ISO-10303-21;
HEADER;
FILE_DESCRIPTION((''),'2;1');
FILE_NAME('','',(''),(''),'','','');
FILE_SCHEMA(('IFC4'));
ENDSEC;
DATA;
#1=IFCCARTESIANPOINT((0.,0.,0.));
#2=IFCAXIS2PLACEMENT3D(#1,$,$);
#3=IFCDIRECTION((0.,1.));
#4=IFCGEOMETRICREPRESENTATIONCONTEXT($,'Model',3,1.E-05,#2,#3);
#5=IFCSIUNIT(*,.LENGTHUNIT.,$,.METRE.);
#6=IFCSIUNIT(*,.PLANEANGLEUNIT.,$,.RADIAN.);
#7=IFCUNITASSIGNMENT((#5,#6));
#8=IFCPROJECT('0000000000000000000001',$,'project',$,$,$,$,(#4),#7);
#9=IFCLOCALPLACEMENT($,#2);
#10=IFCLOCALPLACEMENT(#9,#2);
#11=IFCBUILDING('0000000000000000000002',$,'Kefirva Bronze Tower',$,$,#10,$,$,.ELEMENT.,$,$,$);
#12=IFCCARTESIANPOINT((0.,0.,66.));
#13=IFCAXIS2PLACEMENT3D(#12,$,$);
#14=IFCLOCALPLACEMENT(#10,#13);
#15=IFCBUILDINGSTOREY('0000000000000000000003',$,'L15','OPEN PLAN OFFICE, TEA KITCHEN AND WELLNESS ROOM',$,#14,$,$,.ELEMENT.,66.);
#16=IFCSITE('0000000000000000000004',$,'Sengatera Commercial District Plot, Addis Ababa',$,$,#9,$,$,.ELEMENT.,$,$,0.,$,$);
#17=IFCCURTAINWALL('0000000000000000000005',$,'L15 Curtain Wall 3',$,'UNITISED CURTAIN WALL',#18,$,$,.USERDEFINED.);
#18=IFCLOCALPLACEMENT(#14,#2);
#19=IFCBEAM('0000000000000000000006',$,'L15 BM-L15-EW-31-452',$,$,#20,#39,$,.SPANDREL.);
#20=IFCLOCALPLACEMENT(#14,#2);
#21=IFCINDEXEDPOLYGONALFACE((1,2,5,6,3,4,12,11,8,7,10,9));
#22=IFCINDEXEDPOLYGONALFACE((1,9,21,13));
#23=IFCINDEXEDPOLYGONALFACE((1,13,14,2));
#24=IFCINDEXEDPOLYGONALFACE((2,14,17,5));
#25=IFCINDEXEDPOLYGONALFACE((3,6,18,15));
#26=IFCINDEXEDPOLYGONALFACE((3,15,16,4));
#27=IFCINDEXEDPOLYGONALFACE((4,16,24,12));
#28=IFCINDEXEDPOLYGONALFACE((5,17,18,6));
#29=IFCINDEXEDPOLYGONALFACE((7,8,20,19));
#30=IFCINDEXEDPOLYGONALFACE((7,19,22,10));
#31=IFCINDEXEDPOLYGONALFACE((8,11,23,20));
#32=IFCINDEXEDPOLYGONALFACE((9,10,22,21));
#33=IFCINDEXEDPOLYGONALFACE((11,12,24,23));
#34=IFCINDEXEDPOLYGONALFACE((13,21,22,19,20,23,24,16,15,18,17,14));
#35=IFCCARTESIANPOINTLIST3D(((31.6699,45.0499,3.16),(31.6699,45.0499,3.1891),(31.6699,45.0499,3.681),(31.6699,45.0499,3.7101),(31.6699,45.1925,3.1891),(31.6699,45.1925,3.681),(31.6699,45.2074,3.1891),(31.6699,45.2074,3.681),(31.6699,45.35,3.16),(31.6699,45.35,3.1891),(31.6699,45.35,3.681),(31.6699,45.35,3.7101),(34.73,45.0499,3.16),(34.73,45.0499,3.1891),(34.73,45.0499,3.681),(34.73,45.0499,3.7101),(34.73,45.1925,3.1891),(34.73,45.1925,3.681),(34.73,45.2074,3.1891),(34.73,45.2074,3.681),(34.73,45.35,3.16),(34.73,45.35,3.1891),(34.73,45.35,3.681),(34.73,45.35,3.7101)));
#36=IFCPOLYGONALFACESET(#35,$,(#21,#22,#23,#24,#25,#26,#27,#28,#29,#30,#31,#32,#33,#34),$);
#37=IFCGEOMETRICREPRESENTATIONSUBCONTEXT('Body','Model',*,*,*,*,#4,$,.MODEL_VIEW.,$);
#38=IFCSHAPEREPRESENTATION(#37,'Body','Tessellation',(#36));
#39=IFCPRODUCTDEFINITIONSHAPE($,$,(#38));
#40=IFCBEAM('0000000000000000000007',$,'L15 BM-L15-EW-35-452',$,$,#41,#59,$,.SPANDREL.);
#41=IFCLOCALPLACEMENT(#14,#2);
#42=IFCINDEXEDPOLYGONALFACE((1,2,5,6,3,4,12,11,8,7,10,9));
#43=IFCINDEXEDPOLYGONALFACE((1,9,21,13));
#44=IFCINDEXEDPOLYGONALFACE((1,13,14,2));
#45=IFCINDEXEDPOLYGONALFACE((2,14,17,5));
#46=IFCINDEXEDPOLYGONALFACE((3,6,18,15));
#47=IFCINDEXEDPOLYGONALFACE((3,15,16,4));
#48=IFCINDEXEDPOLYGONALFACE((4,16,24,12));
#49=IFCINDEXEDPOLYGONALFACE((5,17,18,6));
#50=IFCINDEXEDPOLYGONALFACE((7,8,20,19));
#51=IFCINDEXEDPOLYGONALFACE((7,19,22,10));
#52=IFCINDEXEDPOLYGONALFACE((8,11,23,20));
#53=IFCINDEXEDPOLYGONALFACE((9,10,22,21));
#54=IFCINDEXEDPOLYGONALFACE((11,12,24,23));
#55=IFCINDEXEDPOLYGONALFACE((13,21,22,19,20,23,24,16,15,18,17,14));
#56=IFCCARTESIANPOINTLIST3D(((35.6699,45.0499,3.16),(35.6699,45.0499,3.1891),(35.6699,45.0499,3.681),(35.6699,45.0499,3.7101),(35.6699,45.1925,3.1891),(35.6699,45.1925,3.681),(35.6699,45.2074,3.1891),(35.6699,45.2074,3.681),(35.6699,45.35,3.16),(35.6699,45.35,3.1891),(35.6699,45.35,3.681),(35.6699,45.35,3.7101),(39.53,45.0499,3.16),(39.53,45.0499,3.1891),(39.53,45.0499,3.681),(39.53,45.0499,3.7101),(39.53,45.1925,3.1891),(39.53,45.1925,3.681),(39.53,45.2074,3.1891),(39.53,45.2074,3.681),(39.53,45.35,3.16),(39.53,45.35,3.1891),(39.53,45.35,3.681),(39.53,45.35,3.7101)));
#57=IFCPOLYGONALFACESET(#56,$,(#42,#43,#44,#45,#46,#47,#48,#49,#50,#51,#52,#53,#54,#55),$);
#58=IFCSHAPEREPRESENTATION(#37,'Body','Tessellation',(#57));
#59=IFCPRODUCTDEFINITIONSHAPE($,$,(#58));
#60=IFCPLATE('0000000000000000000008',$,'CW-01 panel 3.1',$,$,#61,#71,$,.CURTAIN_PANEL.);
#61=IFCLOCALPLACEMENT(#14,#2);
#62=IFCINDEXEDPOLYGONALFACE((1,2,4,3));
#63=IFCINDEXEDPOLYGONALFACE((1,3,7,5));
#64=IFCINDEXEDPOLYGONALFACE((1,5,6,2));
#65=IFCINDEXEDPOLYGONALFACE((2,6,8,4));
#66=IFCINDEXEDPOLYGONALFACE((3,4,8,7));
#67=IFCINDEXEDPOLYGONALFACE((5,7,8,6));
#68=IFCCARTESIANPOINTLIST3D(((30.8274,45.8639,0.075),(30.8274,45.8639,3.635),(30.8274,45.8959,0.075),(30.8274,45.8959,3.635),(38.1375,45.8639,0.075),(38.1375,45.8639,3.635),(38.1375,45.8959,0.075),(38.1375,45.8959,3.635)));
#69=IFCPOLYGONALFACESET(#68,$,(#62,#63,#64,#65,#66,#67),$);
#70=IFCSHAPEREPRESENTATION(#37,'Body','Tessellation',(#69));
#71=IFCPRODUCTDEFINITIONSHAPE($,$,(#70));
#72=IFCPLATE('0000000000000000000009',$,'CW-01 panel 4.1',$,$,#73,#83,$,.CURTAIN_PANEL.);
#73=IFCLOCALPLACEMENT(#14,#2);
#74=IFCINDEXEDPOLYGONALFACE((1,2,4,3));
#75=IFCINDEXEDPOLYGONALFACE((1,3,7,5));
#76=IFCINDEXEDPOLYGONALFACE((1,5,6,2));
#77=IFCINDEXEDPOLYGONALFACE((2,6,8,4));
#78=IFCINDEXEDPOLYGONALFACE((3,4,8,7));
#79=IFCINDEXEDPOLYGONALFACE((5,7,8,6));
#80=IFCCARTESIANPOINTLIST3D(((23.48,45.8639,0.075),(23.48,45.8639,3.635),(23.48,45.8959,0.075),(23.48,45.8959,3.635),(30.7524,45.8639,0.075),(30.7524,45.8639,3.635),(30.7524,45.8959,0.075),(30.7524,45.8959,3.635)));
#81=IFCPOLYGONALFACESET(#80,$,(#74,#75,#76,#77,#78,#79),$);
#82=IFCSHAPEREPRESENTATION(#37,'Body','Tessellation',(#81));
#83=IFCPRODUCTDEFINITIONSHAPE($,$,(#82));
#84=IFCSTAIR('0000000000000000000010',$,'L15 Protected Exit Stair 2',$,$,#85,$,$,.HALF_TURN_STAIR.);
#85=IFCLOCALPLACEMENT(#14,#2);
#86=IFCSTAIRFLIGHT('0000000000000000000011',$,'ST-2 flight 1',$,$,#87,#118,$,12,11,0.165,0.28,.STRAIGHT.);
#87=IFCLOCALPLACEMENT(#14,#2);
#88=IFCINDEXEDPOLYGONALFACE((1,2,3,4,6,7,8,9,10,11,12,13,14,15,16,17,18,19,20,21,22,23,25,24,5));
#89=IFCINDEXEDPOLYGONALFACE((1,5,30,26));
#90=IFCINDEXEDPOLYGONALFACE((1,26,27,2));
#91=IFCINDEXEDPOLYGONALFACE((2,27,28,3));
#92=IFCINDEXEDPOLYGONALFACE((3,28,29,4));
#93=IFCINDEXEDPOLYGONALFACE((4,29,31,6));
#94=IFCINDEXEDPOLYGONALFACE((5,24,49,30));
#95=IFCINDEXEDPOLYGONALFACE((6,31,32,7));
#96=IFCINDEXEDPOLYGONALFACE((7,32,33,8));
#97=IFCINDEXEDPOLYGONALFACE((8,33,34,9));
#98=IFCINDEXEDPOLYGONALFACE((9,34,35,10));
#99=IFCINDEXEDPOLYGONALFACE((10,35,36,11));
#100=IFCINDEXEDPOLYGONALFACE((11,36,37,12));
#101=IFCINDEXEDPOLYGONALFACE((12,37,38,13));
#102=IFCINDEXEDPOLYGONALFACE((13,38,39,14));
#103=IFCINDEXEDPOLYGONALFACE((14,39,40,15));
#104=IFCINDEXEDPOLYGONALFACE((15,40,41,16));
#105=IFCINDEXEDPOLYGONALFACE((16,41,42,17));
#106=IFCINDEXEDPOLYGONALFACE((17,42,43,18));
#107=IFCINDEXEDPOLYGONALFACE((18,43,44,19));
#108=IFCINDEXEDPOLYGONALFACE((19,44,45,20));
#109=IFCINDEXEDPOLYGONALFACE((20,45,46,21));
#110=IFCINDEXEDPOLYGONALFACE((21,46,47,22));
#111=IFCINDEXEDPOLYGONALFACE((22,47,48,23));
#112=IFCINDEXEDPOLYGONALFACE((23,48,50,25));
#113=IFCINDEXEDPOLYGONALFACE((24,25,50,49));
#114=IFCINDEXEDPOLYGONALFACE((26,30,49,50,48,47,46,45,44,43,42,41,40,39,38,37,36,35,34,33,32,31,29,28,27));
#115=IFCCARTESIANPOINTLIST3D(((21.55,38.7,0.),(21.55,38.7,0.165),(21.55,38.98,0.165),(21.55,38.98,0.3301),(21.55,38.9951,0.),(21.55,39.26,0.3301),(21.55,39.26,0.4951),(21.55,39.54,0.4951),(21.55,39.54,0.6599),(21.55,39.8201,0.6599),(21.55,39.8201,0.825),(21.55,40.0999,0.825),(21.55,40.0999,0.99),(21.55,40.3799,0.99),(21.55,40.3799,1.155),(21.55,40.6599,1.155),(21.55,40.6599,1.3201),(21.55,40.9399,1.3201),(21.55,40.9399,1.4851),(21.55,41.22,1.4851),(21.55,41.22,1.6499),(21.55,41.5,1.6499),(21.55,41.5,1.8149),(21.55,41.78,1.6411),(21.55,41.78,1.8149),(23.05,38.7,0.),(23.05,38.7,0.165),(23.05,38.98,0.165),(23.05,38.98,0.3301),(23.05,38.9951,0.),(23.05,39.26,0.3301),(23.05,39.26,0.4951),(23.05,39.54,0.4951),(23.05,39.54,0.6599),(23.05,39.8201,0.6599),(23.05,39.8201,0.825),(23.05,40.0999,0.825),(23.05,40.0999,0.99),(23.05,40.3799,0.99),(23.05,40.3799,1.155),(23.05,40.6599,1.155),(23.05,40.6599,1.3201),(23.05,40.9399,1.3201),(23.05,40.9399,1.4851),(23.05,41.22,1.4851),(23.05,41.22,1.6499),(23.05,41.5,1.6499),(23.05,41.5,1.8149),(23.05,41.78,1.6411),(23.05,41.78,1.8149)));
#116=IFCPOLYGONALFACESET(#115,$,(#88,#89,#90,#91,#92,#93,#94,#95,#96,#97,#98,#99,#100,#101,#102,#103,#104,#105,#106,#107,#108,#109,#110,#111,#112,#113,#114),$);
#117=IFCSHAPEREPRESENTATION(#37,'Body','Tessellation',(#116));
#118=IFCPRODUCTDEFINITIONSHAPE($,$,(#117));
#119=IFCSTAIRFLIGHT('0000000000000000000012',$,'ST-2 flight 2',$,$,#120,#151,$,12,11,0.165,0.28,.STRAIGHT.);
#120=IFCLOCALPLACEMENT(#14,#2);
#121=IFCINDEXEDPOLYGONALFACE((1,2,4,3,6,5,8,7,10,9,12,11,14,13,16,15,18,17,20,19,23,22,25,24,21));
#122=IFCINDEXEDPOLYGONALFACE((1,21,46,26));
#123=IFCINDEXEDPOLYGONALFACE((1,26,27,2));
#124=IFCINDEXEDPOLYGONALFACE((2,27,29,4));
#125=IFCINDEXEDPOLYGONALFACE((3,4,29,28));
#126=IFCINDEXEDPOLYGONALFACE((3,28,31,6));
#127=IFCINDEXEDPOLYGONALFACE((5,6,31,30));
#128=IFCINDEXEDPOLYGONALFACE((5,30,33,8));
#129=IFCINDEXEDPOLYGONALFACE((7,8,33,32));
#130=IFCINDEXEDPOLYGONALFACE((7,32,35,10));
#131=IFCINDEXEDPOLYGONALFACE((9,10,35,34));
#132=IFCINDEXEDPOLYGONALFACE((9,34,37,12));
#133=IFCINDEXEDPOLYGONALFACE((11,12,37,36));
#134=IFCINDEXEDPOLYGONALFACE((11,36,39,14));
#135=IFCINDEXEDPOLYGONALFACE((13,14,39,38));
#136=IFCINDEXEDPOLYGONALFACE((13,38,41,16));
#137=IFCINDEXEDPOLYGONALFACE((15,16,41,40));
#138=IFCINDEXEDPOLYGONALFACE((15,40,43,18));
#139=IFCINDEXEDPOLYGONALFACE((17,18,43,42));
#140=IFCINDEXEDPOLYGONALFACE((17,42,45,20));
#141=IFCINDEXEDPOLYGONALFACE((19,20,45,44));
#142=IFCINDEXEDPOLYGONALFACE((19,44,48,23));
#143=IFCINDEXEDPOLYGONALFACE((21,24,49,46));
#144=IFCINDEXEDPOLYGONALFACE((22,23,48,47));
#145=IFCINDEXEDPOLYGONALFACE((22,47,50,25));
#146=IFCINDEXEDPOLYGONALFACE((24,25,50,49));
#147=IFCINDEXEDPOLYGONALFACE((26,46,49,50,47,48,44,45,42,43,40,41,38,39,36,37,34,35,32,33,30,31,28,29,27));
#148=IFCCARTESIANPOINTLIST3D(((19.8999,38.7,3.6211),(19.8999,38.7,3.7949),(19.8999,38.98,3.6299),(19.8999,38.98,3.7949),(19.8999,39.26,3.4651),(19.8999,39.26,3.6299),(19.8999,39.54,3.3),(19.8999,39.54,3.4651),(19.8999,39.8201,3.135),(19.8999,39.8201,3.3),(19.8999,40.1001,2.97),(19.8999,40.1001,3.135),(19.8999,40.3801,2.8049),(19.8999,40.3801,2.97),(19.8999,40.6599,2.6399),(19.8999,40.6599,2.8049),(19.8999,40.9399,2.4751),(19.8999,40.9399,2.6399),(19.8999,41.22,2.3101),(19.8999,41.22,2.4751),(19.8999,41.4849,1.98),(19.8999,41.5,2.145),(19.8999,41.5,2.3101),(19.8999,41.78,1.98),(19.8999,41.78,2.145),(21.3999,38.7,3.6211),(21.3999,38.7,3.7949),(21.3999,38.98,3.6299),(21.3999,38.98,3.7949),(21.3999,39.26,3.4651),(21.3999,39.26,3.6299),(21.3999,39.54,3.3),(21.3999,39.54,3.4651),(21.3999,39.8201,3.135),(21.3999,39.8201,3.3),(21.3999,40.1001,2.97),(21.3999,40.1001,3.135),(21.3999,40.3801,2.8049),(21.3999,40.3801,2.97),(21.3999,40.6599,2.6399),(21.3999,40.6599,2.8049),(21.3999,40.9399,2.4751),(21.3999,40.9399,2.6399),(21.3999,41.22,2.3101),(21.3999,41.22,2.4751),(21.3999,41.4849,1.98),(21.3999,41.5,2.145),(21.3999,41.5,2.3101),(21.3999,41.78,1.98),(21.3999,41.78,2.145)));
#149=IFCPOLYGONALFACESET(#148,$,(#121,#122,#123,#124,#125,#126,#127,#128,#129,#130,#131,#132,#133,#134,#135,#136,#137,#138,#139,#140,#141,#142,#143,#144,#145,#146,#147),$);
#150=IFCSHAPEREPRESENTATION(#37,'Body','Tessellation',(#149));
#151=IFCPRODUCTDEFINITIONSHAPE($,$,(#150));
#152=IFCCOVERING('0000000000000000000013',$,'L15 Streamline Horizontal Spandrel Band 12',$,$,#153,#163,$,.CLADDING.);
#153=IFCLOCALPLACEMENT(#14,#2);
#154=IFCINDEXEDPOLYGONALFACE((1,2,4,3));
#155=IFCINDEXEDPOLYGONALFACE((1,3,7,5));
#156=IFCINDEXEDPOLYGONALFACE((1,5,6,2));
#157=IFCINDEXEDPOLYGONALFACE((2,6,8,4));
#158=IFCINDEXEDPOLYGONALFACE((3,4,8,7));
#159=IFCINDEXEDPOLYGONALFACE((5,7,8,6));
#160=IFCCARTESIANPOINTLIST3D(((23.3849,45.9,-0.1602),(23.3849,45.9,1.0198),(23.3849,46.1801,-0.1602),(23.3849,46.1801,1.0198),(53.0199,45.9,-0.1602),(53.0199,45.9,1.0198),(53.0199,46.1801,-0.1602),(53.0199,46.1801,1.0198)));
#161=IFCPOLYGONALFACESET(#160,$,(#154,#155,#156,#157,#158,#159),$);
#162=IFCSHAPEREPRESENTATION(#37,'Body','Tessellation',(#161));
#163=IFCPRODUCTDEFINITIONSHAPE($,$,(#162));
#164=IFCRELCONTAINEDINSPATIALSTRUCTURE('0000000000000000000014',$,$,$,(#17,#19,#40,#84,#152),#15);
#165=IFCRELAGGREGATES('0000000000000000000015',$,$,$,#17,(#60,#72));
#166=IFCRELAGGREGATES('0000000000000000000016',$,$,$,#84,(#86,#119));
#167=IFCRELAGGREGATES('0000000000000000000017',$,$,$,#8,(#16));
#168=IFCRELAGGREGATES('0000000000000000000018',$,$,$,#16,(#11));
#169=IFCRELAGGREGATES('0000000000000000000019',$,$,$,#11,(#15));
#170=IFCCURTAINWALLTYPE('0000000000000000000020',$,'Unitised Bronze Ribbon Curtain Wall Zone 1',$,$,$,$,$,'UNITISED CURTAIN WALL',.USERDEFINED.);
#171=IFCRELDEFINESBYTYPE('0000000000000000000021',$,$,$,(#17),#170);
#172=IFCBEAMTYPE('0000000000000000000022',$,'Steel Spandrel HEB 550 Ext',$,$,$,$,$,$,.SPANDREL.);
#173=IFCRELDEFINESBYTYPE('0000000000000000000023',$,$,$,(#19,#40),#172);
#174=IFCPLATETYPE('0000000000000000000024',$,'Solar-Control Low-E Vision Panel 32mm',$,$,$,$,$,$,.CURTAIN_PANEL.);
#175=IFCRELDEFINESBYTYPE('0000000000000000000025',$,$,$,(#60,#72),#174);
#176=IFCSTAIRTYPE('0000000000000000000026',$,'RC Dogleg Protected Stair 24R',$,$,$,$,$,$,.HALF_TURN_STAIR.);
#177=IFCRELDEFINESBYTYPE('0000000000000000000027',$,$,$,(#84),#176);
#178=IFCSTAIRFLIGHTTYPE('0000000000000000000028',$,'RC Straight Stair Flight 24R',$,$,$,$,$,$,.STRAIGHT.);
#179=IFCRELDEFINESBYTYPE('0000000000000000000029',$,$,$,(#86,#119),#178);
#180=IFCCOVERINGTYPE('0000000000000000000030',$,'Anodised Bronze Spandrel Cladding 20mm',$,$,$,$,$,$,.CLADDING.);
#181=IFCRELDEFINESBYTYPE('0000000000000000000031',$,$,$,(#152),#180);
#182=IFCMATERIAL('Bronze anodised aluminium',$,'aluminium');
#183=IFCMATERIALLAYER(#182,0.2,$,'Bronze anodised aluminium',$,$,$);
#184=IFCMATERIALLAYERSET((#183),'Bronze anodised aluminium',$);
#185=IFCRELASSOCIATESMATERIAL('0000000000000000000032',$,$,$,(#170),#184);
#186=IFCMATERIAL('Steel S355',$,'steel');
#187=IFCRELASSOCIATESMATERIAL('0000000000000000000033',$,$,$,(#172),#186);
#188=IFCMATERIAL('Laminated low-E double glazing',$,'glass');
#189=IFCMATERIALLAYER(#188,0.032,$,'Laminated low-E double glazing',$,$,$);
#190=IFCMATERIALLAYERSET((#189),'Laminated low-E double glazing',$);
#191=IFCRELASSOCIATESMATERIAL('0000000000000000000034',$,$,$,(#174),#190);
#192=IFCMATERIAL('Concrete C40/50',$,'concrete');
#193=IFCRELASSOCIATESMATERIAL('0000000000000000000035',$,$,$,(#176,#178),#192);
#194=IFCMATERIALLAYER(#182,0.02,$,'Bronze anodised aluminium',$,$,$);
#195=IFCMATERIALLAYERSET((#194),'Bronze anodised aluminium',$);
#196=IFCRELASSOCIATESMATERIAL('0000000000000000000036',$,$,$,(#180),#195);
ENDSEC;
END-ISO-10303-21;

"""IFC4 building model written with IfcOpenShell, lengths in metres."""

from ifc_helpers import new_model, si_unit, direction, frame, origin, origin_2d, place, context, subcontext, project, spatial, polyline, rectangle, i_section, outline, extrude, material, layer, layer_set, material_profile, profile_set, type_object, element, aggregate, save


model = new_model("IFC4")

# Units and contexts
model_context = context("Model", 3, precision=1e-05, world=origin(), true_north=direction((0.0, 1.0)))
body_context = subcontext(model_context, "Body", "Model", "MODEL_VIEW")
ifc_project = project(units=[si_unit("LENGTHUNIT", "METRE"), si_unit("PLANEANGLEUNIT", "RADIAN")], contexts=[model_context])

# Site, building, storey
site_placement = place(None, origin())
site = spatial("IfcSite", under=ifc_project, at=site_placement, Name="Sengatera Commercial District Plot, Addis Ababa", CompositionType="ELEMENT", RefElevation=0.0)
building_placement = place(site_placement, origin())
building = spatial("IfcBuilding", under=site, at=building_placement, Name="Kefirva Bronze Tower", CompositionType="ELEMENT")
storey_placement = place(building_placement, frame((0.0, 0.0, 66.0)))
storey = spatial("IfcBuildingStorey", under=building, at=storey_placement, Name="L15", Description="OPEN PLAN OFFICE, TEA KITCHEN AND WELLNESS ROOM", CompositionType="ELEMENT", Elevation=66.0)

# Curtain wall
ifc_material_1 = material(Name="Bronze anodised aluminium", Category="aluminium")
ifc_layer_1 = layer(ifc_material_1, 0.2, Name="Bronze anodised aluminium")
ifc_layer_set_1 = layer_set([ifc_layer_1], Name="Bronze anodised aluminium")
curtain_wall_type = type_object("IfcCurtainWallType", Name="Unitised Bronze Ribbon Curtain Wall Zone 1", ElementType="UNITISED CURTAIN WALL", PredefinedType="USERDEFINED", material=ifc_layer_set_1)
curtain_wall_placement = place(storey_placement, origin())
curtain_wall = element("IfcCurtainWall", 1, at=curtain_wall_placement, inside=storey, type_object=curtain_wall_type, Name="L15 Curtain Wall 3", ObjectType="UNITISED CURTAIN WALL", PredefinedType="USERDEFINED")

# Beams
ifc_material_2 = material(Name="Steel S355", Category="steel")
ifc_material_profile_1 = material_profile(ifc_material_2, i_section(OverallWidth=0.3, OverallDepth=0.55, WebThickness=0.0149, FlangeThickness=0.0291, at=origin_2d()), Name="HEB 550")
ifc_profile_set_1 = profile_set([ifc_material_profile_1], Name="Steel S355")
beam_type_1 = type_object("IfcBeamType", Name="Steel Spandrel HEB 550 Ext", PredefinedType="SPANDREL", material=ifc_profile_set_1)
beam_1_placement = place(storey_placement, frame((31.6699, 45.2, 3.4351), z_axis=(1.0, 0.0, 0.0), x_axis=(0.0, 1.0, 0.0)))
element("IfcBeam", 2, at=beam_1_placement, inside=storey, type_object=beam_type_1, Name="L15 BM-L15-EW-31-452", PredefinedType="SPANDREL", context=body_context, shape_type="SweptSolid", body=[
    extrude(i_section(OverallWidth=0.3, OverallDepth=0.55, WebThickness=0.0149, FlangeThickness=0.0291, at=origin_2d()), origin(), (0.0, 0.0, 1.0), 3.0601),
])
beam_2_placement = place(storey_placement, frame((35.6699, 45.2, 3.4351), z_axis=(1.0, 0.0, 0.0), x_axis=(0.0, 1.0, 0.0)))
element("IfcBeam", 3, at=beam_2_placement, inside=storey, type_object=beam_type_1, Name="L15 BM-L15-EW-35-452", PredefinedType="SPANDREL", context=body_context, shape_type="SweptSolid", body=[
    extrude(i_section(OverallWidth=0.3, OverallDepth=0.55, WebThickness=0.0149, FlangeThickness=0.0291, at=origin_2d()), origin(), (0.0, 0.0, 1.0), 3.8601),
])

# Plates
ifc_material_3 = material(Name="Laminated low-E double glazing", Category="glass")
ifc_layer_2 = layer(ifc_material_3, 0.032, Name="Laminated low-E double glazing")
ifc_layer_set_2 = layer_set([ifc_layer_2], Name="Laminated low-E double glazing")
plate_type = type_object("IfcPlateType", Name="Solar-Control Low-E Vision Panel 32mm", PredefinedType="CURTAIN_PANEL", material=ifc_layer_set_2)
plate_1_placement = place(storey_placement, frame((34.4824, 45.8799, 0.075), z_axis=(0.0, 0.0, 1.0), x_axis=(-1.0, 0.0, 0.0)))
plate_1 = element("IfcPlate", 4, at=plate_1_placement, type_object=plate_type, Name="CW-01 panel 3.1", PredefinedType="CURTAIN_PANEL", context=body_context, shape_type="SweptSolid", body=[
    extrude(rectangle(XDim=7.3101, YDim=0.032, at=origin_2d()), origin(), (0.0, 0.0, 1.0), 3.5601),
])
plate_2_placement = place(storey_placement, frame((27.1162, 45.8799, 0.075), z_axis=(0.0, 0.0, 1.0), x_axis=(-1.0, 0.0, 0.0)))
plate_2 = element("IfcPlate", 5, at=plate_2_placement, type_object=plate_type, Name="CW-01 panel 4.1", PredefinedType="CURTAIN_PANEL", context=body_context, shape_type="SweptSolid", body=[
    extrude(rectangle(XDim=7.2725, YDim=0.032, at=origin_2d()), origin(), (0.0, 0.0, 1.0), 3.5601),
])
aggregate(curtain_wall, [plate_1, plate_2])

# Stair, stair flights
ifc_material_4 = material(Name="Concrete C40/50", Category="concrete")
stair_type = type_object("IfcStairType", Name="RC Dogleg Protected Stair 24R", PredefinedType="HALF_TURN_STAIR", material=ifc_material_4)
stair_placement = place(storey_placement, origin())
stair = element("IfcStair", 6, at=stair_placement, inside=storey, type_object=stair_type, Name="L15 Protected Exit Stair 2", PredefinedType="HALF_TURN_STAIR")
stair_flight_type = type_object("IfcStairFlightType", Name="RC Straight Stair Flight 24R", PredefinedType="STRAIGHT", material=ifc_material_4)
stair_flight_1_placement = place(storey_placement, frame((22.3, 38.7, 0.0), z_axis=(0.0, 0.0, 1.0), x_axis=(0.0, 1.0, 0.0)))
stair_flight_1 = element("IfcStairFlight", 7, at=stair_flight_1_placement, type_object=stair_flight_type, Name="ST-2 flight 1", NumberOfRisers=12, NumberOfTreads=11, PredefinedType="STRAIGHT", RiserHeight=0.165, TreadLength=0.28, context=body_context, shape_type="SweptSolid", body=[
    extrude(outline(polyline([(0.0, 0.0), (0.0, 0.165), (0.28, 0.165), (0.28, 0.3301), (0.5601, 0.3301), (0.5601, 0.4951), (0.8401, 0.4951), (0.8401, 0.6599), (1.1201, 0.6599), (1.1201, 0.825), (1.3999, 0.825), (1.3999, 0.99), (1.6799, 0.99), (1.6799, 1.155), (1.96, 1.155), (1.96, 1.3201), (2.24, 1.3201), (2.24, 1.4851), (2.52, 1.4851), (2.52, 1.6499), (2.8, 1.6499), (2.8, 1.8149), (3.0801, 1.8149), (3.0801, 1.98), (3.0801, 1.6411), (0.2952, 0.0), (0.0, 0.0)])), frame((0.0, 0.75, 0.0), z_axis=(0.0, -1.0, 0.0), x_axis=(1.0, 0.0, 0.0)), (0.0, 0.0, 1.0), 1.5),
])
stair_flight_2_placement = place(storey_placement, frame((20.6499, 41.78, 1.98), z_axis=(0.0, 0.0, 1.0), x_axis=(0.0, -1.0, 0.0)))
stair_flight_2 = element("IfcStairFlight", 8, at=stair_flight_2_placement, type_object=stair_flight_type, Name="ST-2 flight 2", NumberOfRisers=12, NumberOfTreads=11, PredefinedType="STRAIGHT", RiserHeight=0.165, TreadLength=0.28, context=body_context, shape_type="SweptSolid", body=[
    extrude(outline(polyline([(0.0, 0.0), (0.0, 0.165), (0.28, 0.165), (0.28, 0.3301), (0.5601, 0.3301), (0.5601, 0.4951), (0.8401, 0.4951), (0.8401, 0.6599), (1.1201, 0.6599), (1.1201, 0.825), (1.3999, 0.825), (1.3999, 0.99), (1.6799, 0.99), (1.6799, 1.155), (1.96, 1.155), (1.96, 1.3201), (2.24, 1.3201), (2.24, 1.4851), (2.52, 1.4851), (2.52, 1.6499), (2.8, 1.6499), (2.8, 1.8149), (3.0801, 1.8149), (3.0801, 1.98), (3.0801, 1.6411), (0.2952, 0.0), (0.0, 0.0)])), frame((0.0, 0.75, 0.0), z_axis=(0.0, -1.0, 0.0), x_axis=(1.0, 0.0, 0.0)), (0.0, 0.0, 1.0), 1.5),
])
aggregate(stair, [stair_flight_1, stair_flight_2])

# Covering
ifc_layer_3 = layer(ifc_material_1, 0.02, Name="Bronze anodised aluminium")
ifc_layer_set_3 = layer_set([ifc_layer_3], Name="Bronze anodised aluminium")
covering_type_1 = type_object("IfcCoveringType", Name="Anodised Bronze Spandrel Cladding 20mm", PredefinedType="CLADDING", material=ifc_layer_set_3)
covering_1_placement = place(storey_placement, frame((38.2024, 46.04, -0.1602), z_axis=(0.0, 0.0, 1.0), x_axis=(-1.0, 0.0, 0.0)))
element("IfcCovering", 9, at=covering_1_placement, inside=storey, type_object=covering_type_1, Name="L15 Streamline Horizontal Spandrel Band 12", PredefinedType="CLADDING", context=body_context, shape_type="SweptSolid", body=[
    extrude(rectangle(XDim=29.635, YDim=0.28, at=origin_2d()), origin(), (0.0, 0.0, 1.0), 1.1799),
])

save(model, "model.ifc")
